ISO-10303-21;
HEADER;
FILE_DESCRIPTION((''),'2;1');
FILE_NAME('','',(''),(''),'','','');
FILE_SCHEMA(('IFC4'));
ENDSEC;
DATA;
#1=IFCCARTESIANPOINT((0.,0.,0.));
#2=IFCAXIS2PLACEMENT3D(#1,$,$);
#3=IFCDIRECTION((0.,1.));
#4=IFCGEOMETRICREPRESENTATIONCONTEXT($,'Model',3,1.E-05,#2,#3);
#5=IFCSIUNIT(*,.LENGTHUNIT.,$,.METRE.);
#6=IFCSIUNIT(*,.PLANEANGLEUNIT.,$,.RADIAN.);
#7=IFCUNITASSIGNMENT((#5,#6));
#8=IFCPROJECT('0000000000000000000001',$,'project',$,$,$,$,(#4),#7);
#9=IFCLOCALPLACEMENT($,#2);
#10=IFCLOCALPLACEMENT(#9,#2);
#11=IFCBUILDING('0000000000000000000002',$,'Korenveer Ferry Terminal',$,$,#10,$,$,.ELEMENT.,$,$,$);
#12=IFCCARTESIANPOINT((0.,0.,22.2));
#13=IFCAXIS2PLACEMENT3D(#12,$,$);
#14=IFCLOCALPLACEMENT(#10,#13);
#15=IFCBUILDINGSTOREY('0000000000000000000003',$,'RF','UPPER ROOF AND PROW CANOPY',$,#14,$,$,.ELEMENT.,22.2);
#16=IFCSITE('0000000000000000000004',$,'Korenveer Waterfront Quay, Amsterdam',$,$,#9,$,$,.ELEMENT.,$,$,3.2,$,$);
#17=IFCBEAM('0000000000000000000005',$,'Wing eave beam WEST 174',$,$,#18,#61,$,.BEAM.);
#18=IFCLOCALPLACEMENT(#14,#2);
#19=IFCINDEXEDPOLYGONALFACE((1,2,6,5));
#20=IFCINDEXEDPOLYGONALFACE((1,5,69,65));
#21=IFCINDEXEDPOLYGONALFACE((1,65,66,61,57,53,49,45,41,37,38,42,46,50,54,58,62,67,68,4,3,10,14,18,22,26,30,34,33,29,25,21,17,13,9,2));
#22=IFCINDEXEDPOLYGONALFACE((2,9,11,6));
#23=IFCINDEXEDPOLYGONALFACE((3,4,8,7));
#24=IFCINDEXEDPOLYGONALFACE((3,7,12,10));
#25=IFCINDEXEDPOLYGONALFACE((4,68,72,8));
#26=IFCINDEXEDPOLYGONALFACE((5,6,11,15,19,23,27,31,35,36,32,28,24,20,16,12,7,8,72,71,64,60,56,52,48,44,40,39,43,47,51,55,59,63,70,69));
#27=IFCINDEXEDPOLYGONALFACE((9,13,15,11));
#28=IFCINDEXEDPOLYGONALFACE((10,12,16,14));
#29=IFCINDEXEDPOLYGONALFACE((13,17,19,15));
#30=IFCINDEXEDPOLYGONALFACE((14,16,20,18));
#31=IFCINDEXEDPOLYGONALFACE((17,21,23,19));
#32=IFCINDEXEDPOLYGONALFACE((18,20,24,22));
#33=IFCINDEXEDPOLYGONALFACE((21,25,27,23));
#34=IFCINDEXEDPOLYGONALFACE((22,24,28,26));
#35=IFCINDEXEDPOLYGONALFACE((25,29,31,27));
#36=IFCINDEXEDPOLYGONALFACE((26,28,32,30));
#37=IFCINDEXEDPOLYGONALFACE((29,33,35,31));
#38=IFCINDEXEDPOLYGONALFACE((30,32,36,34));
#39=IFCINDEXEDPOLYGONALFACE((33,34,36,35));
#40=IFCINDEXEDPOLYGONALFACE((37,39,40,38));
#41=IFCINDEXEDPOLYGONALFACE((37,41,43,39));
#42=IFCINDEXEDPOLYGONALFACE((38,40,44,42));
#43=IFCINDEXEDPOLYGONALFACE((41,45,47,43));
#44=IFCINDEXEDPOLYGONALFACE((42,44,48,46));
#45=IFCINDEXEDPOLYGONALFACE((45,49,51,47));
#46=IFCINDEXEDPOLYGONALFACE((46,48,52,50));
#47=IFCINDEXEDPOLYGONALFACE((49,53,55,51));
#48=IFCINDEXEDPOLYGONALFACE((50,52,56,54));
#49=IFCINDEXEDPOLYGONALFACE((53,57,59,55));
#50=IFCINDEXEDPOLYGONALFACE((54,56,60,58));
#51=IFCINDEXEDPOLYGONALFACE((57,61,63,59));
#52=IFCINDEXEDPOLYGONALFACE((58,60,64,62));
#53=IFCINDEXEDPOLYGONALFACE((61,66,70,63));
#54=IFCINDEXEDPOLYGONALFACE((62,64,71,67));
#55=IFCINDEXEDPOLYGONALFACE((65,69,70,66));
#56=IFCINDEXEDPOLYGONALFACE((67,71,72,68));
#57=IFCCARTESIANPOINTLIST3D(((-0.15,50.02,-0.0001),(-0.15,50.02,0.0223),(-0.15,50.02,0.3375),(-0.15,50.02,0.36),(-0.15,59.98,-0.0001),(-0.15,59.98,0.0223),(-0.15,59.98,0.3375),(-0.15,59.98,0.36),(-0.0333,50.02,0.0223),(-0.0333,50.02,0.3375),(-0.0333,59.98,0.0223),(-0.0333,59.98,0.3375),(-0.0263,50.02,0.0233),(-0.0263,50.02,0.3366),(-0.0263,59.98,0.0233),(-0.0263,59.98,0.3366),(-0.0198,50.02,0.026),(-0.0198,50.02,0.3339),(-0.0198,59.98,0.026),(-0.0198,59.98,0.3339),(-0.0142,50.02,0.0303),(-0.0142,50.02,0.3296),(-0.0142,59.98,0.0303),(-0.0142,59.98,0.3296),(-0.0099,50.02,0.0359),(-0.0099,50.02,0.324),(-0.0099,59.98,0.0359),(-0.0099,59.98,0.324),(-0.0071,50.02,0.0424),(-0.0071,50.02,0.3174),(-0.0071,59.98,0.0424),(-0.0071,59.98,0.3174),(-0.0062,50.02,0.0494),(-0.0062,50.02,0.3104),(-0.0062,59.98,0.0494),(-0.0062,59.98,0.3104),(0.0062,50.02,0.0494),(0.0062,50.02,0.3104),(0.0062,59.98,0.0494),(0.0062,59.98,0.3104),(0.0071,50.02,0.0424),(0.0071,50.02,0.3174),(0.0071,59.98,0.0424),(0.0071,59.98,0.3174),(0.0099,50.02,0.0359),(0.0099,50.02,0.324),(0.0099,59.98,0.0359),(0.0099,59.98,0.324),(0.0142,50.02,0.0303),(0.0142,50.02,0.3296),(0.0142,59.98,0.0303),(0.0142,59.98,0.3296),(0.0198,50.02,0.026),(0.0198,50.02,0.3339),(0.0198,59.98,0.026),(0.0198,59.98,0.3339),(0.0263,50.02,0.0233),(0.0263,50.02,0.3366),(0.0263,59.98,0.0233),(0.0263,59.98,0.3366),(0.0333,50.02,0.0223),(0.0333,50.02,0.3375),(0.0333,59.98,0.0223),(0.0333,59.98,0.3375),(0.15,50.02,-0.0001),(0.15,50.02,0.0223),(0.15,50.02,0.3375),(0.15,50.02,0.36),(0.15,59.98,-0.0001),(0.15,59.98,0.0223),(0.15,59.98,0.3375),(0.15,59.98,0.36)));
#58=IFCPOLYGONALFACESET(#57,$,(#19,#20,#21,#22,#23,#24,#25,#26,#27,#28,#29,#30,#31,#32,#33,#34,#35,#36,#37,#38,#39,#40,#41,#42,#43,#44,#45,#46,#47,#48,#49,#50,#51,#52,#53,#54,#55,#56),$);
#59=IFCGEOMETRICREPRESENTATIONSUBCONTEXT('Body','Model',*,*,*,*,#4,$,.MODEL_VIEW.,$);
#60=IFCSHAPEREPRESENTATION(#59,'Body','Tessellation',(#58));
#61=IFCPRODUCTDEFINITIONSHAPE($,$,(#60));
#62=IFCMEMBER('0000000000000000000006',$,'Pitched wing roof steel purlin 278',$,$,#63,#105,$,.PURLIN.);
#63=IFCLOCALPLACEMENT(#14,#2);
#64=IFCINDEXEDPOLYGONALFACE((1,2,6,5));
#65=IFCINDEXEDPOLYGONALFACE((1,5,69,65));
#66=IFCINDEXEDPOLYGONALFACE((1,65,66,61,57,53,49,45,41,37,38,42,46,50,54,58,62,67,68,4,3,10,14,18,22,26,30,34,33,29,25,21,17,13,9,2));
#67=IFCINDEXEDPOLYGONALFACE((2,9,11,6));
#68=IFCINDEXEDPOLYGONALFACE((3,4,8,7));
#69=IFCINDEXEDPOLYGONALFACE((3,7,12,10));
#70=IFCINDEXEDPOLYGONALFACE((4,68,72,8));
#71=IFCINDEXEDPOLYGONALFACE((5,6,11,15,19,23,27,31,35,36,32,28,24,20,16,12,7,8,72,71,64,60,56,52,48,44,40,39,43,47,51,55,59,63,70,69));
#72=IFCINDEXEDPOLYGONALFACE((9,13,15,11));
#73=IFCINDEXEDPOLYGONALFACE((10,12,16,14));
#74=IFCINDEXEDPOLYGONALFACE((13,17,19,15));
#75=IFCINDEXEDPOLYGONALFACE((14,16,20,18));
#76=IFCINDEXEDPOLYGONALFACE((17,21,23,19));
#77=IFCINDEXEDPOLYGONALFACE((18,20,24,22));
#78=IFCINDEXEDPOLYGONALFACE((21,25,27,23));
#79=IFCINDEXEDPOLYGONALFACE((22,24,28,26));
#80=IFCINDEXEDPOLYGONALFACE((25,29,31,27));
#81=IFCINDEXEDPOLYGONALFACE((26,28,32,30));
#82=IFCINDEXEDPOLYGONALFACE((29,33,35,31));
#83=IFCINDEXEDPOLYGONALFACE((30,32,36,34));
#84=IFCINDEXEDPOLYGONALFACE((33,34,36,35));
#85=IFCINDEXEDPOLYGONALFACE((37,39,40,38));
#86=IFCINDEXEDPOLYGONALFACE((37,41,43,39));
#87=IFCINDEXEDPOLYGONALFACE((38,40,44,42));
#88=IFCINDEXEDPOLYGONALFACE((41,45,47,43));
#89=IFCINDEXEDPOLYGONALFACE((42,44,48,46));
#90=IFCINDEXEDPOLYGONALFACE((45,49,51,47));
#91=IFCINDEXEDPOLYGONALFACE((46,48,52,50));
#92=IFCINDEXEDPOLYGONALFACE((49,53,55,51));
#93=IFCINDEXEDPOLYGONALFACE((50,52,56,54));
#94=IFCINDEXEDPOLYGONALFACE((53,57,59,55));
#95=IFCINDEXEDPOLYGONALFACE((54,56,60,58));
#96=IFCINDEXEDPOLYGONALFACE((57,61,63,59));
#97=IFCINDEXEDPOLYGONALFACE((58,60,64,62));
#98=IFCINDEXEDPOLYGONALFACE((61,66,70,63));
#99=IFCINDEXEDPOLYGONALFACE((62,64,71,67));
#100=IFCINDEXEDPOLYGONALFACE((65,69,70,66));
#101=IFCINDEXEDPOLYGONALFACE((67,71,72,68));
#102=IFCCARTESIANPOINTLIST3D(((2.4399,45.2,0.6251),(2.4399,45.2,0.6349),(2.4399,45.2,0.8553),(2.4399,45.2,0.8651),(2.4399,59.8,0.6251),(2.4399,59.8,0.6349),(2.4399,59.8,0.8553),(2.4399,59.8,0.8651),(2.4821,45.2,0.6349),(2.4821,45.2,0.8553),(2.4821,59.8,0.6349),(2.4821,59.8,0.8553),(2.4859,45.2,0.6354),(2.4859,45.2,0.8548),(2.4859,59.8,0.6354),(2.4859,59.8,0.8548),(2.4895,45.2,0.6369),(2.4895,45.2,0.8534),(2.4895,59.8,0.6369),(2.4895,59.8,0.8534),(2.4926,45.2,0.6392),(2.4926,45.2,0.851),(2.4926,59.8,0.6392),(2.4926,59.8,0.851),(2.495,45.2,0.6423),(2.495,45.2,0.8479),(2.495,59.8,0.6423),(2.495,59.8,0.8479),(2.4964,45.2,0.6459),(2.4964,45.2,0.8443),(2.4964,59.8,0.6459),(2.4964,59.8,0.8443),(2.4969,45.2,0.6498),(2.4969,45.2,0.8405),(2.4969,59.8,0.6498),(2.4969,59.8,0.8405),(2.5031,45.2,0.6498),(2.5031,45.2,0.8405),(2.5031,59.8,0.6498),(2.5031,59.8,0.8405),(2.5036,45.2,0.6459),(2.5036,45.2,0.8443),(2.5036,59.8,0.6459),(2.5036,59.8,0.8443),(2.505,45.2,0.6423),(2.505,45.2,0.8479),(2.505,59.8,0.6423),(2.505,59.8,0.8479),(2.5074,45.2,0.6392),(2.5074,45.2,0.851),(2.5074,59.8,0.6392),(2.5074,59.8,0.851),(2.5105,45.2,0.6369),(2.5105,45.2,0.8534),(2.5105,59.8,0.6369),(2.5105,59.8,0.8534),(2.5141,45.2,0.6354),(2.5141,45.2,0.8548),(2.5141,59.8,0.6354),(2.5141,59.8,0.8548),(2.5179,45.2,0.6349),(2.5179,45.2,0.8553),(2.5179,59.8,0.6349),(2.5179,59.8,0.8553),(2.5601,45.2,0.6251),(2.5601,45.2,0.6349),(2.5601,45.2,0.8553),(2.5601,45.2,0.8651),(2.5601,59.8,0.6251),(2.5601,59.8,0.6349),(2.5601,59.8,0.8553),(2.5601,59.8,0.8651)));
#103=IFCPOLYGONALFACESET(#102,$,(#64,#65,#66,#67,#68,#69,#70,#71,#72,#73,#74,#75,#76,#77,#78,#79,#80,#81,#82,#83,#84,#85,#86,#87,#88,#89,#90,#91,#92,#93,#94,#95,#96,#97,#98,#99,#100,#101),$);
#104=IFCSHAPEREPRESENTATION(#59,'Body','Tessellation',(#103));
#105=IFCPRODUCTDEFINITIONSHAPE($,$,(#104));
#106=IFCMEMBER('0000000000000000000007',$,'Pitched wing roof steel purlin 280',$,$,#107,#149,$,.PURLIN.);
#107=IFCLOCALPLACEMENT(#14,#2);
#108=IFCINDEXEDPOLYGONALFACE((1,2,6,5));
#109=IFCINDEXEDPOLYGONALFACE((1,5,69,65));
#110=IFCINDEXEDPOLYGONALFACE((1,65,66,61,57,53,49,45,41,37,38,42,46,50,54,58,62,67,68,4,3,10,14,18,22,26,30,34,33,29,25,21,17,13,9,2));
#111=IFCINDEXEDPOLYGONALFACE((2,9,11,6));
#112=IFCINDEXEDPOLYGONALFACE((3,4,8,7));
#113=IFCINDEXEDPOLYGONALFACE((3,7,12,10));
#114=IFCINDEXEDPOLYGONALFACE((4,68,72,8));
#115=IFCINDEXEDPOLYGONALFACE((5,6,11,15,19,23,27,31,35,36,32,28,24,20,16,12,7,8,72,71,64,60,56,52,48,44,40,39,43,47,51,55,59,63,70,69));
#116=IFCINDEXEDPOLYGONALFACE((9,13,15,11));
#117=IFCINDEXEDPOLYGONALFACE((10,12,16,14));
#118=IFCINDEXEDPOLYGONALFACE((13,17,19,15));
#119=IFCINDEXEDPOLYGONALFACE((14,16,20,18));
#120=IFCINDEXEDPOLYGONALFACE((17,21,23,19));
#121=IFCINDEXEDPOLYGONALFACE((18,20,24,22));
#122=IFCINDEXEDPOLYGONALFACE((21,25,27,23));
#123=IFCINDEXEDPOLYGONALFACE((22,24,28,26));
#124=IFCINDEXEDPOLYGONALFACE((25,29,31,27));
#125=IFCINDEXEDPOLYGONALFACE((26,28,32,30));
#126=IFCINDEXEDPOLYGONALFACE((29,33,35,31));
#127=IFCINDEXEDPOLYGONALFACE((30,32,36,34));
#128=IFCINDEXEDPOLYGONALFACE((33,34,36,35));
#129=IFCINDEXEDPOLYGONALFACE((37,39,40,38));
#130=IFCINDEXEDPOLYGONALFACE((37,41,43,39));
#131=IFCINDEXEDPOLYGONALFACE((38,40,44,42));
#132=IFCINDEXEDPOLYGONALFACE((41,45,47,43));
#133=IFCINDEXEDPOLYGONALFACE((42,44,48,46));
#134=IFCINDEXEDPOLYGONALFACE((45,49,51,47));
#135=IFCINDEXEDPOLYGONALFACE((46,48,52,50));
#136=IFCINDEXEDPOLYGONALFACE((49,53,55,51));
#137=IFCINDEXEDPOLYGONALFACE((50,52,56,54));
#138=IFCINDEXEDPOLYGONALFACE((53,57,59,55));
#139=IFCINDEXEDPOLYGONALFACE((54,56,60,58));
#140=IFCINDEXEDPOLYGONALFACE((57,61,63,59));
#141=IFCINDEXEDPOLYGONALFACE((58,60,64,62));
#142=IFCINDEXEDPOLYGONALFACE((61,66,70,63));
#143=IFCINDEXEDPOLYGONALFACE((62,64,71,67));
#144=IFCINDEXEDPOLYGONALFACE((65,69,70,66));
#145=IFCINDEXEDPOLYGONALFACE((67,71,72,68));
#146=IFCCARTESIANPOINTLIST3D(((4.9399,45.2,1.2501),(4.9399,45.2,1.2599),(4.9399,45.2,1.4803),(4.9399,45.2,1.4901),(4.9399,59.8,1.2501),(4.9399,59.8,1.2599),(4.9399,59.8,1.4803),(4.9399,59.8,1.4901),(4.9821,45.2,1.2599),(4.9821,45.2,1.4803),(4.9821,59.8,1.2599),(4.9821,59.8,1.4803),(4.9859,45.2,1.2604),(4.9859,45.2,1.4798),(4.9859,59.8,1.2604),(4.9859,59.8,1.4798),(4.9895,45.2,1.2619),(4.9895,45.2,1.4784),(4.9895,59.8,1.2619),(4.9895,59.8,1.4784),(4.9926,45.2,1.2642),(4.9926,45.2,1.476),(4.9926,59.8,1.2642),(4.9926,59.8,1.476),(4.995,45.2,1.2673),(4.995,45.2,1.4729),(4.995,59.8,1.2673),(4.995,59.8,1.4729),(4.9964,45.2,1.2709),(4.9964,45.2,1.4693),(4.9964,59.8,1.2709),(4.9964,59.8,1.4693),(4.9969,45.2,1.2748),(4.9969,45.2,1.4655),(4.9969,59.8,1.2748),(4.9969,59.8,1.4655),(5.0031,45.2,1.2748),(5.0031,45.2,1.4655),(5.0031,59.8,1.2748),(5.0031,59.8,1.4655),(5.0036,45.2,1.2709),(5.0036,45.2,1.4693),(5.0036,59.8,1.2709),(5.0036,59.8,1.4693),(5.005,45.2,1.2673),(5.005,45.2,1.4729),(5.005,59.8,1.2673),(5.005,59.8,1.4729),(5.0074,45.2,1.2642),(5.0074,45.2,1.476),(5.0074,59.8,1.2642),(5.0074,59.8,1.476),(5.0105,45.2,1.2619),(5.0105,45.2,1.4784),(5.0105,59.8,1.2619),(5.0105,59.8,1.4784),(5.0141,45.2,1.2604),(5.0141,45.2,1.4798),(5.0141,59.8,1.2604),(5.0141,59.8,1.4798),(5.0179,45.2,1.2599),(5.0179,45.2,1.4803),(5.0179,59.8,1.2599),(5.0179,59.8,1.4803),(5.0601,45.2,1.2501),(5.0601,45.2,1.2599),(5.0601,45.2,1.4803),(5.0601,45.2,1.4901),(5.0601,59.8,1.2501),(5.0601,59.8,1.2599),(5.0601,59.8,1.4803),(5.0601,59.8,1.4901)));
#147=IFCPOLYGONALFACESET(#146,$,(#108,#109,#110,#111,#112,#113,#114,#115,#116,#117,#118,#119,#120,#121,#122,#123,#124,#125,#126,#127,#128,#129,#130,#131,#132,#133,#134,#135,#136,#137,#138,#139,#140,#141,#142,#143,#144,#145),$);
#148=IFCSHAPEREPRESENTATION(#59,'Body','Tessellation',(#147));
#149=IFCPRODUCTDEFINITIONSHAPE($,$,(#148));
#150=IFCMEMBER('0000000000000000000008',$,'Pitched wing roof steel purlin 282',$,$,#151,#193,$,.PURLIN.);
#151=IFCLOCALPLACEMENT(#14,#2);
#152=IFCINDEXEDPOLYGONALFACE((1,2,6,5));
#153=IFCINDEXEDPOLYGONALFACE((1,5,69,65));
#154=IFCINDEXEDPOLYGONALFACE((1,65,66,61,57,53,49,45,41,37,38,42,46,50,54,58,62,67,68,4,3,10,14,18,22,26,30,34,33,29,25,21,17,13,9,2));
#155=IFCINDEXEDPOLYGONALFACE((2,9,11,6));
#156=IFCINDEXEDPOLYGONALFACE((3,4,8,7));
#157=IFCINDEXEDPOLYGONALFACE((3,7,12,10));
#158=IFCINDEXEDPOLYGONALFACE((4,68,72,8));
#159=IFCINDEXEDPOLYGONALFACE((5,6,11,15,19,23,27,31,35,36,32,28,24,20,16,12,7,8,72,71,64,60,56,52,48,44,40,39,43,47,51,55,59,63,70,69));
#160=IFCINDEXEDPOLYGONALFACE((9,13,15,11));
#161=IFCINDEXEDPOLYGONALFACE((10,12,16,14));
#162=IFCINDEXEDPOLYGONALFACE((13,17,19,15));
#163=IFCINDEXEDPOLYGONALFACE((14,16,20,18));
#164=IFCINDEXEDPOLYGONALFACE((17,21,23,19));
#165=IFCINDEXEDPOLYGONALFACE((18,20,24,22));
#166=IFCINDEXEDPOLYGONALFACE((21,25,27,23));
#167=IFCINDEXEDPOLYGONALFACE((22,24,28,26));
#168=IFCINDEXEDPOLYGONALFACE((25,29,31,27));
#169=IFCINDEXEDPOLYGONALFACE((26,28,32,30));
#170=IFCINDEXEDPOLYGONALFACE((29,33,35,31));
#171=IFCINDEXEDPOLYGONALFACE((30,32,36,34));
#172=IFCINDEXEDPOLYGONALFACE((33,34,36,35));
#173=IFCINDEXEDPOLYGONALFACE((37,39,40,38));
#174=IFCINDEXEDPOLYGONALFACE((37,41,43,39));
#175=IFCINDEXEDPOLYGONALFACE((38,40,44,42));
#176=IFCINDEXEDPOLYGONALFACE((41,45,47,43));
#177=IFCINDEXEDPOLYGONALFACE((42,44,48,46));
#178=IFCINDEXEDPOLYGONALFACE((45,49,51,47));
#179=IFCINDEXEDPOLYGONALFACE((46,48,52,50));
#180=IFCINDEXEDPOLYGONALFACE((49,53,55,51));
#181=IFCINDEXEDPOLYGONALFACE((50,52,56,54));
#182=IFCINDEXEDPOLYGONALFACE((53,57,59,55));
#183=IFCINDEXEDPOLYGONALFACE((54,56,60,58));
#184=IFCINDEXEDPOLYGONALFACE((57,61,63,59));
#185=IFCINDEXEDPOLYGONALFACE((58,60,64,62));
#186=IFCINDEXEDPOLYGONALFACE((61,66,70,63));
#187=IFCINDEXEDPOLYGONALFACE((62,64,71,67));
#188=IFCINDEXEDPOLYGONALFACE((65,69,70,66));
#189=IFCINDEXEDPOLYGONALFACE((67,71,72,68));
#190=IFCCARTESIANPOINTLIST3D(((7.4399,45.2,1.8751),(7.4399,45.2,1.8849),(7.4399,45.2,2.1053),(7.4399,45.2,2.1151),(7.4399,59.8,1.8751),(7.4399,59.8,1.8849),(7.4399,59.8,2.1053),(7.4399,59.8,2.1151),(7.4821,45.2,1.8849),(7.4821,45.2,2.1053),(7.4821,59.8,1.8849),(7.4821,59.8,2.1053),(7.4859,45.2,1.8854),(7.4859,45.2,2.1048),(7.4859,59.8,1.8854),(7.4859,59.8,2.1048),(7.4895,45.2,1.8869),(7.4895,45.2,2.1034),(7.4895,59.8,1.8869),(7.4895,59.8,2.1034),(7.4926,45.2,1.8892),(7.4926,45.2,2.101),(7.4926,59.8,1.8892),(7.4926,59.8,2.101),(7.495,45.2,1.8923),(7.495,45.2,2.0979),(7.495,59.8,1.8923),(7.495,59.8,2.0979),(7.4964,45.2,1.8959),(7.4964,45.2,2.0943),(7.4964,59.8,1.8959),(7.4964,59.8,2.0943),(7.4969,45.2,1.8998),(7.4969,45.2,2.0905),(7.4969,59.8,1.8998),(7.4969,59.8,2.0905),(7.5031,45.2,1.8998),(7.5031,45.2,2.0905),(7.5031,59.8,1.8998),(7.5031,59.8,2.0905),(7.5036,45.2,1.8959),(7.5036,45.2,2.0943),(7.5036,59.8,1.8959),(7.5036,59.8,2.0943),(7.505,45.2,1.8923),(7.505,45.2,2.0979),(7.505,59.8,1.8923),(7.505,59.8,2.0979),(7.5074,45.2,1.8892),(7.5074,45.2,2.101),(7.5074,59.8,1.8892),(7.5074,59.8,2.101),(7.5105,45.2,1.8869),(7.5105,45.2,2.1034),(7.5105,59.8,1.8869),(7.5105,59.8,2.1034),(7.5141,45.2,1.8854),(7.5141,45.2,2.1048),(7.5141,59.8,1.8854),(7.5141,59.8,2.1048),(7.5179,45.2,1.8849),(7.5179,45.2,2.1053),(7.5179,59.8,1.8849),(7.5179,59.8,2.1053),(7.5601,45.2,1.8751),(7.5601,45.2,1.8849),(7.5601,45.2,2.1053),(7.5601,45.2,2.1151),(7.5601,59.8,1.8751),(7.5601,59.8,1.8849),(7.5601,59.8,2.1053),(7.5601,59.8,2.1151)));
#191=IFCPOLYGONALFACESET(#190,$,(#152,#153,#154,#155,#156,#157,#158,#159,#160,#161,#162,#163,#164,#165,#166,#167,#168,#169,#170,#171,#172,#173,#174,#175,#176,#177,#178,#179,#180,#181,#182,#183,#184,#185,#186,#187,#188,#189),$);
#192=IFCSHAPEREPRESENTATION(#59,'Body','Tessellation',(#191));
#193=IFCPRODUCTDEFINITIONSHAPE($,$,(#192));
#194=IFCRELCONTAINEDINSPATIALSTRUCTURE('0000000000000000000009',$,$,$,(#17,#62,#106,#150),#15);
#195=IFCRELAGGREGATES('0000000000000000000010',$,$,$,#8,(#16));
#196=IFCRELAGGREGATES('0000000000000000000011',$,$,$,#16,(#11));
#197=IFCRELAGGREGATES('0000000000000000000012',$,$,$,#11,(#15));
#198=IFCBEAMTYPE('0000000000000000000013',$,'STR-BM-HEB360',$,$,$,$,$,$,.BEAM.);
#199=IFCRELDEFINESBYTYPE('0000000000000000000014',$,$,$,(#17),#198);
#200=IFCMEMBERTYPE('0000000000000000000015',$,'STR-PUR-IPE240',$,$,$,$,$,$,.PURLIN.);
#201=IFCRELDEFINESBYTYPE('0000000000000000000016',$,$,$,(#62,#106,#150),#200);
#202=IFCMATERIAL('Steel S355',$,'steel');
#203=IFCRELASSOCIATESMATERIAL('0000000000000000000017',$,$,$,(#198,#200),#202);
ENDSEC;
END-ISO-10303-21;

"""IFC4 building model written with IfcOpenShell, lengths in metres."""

from ifc_helpers import new_model, si_unit, direction, frame, origin, origin_2d, place, context, subcontext, project, spatial, i_section, extrude, material, material_profile, profile_set, type_object, element, save


model = new_model("IFC4")

# Units and contexts
model_context = context("Model", 3, precision=1e-05, world=origin(), true_north=direction((0.0, 1.0)))
body_context = subcontext(model_context, "Body", "Model", "MODEL_VIEW")
ifc_project = project(units=[si_unit("LENGTHUNIT", "METRE"), si_unit("PLANEANGLEUNIT", "RADIAN")], contexts=[model_context])

# Site, building, storey
site_placement = place(None, origin())
site = spatial("IfcSite", under=ifc_project, at=site_placement, Name="Korenveer Waterfront Quay, Amsterdam", CompositionType="ELEMENT", RefElevation=3.2)
building_placement = place(site_placement, origin())
building = spatial("IfcBuilding", under=site, at=building_placement, Name="Korenveer Ferry Terminal", CompositionType="ELEMENT")
storey_placement = place(building_placement, frame((0.0, 0.0, 22.2)))
storey = spatial("IfcBuildingStorey", under=building, at=storey_placement, Name="RF", Description="UPPER ROOF AND PROW CANOPY", CompositionType="ELEMENT", Elevation=22.2)

# Beam
ifc_material_1 = material(Name="Steel S355", Category="steel")
ifc_material_profile_1 = material_profile(ifc_material_1, i_section(OverallWidth=0.3, OverallDepth=0.3601, WebThickness=0.0125, FlangeThickness=0.0225, FilletRadius=0.0271, at=origin_2d()), Name="HEB 360")
ifc_profile_set_1 = profile_set([ifc_material_profile_1], Name="Steel S355")
beam_type_1 = type_object("IfcBeamType", Name="STR-BM-HEB360", PredefinedType="BEAM", material=ifc_profile_set_1)
beam_placement = place(storey_placement, frame((0.0, 50.02, 0.1799), z_axis=(0.0, 1.0, 0.0), x_axis=(-1.0, 0.0, 0.0)))
element("IfcBeam", 1, at=beam_placement, inside=storey, type_object=beam_type_1, Name="Wing eave beam WEST 174", PredefinedType="BEAM", context=body_context, shape_type="SweptSolid", body=[
    extrude(i_section(OverallWidth=0.3, OverallDepth=0.3601, WebThickness=0.0125, FlangeThickness=0.0225, FilletRadius=0.0271, at=origin_2d()), origin(), (0.0, 0.0, 1.0), 9.96),
])

# Members
ifc_material_profile_2 = material_profile(ifc_material_1, i_section(OverallWidth=0.1201, OverallDepth=0.24, WebThickness=0.0061, FlangeThickness=0.0098, FilletRadius=0.0149, at=origin_2d()), Name="IPE 240")
ifc_profile_set_2 = profile_set([ifc_material_profile_2], Name="Steel S355")
member_type_1 = type_object("IfcMemberType", Name="STR-PUR-IPE240", PredefinedType="PURLIN", material=ifc_profile_set_2)
for number, where, z_axis, x_axis, name in (
    (2, (2.5, 45.2, 0.7451), (0.0, 1.0, 0.0), (-1.0, 0.0, 0.0), "Pitched wing roof steel purlin 278"),
    (3, (5.0, 45.2, 1.3701), (0.0, 1.0, 0.0), (-1.0, 0.0, 0.0), "Pitched wing roof steel purlin 280"),
    (4, (7.5, 45.2, 1.9951), (0.0, 1.0, 0.0), (-1.0, 0.0, 0.0), "Pitched wing roof steel purlin 282"),
):
    element("IfcMember", number, at=place(storey_placement, frame(where, z_axis=z_axis, x_axis=x_axis)), inside=storey, type_object=member_type_1, Name=name, PredefinedType="PURLIN", context=body_context, shape_type="SweptSolid", body=[
        extrude(i_section(OverallWidth=0.1201, OverallDepth=0.24, WebThickness=0.0061, FlangeThickness=0.0098, FilletRadius=0.0149, at=origin_2d()), origin(), (0.0, 0.0, 1.0), 14.6001),
    ])

save(model, "model.ifc")
